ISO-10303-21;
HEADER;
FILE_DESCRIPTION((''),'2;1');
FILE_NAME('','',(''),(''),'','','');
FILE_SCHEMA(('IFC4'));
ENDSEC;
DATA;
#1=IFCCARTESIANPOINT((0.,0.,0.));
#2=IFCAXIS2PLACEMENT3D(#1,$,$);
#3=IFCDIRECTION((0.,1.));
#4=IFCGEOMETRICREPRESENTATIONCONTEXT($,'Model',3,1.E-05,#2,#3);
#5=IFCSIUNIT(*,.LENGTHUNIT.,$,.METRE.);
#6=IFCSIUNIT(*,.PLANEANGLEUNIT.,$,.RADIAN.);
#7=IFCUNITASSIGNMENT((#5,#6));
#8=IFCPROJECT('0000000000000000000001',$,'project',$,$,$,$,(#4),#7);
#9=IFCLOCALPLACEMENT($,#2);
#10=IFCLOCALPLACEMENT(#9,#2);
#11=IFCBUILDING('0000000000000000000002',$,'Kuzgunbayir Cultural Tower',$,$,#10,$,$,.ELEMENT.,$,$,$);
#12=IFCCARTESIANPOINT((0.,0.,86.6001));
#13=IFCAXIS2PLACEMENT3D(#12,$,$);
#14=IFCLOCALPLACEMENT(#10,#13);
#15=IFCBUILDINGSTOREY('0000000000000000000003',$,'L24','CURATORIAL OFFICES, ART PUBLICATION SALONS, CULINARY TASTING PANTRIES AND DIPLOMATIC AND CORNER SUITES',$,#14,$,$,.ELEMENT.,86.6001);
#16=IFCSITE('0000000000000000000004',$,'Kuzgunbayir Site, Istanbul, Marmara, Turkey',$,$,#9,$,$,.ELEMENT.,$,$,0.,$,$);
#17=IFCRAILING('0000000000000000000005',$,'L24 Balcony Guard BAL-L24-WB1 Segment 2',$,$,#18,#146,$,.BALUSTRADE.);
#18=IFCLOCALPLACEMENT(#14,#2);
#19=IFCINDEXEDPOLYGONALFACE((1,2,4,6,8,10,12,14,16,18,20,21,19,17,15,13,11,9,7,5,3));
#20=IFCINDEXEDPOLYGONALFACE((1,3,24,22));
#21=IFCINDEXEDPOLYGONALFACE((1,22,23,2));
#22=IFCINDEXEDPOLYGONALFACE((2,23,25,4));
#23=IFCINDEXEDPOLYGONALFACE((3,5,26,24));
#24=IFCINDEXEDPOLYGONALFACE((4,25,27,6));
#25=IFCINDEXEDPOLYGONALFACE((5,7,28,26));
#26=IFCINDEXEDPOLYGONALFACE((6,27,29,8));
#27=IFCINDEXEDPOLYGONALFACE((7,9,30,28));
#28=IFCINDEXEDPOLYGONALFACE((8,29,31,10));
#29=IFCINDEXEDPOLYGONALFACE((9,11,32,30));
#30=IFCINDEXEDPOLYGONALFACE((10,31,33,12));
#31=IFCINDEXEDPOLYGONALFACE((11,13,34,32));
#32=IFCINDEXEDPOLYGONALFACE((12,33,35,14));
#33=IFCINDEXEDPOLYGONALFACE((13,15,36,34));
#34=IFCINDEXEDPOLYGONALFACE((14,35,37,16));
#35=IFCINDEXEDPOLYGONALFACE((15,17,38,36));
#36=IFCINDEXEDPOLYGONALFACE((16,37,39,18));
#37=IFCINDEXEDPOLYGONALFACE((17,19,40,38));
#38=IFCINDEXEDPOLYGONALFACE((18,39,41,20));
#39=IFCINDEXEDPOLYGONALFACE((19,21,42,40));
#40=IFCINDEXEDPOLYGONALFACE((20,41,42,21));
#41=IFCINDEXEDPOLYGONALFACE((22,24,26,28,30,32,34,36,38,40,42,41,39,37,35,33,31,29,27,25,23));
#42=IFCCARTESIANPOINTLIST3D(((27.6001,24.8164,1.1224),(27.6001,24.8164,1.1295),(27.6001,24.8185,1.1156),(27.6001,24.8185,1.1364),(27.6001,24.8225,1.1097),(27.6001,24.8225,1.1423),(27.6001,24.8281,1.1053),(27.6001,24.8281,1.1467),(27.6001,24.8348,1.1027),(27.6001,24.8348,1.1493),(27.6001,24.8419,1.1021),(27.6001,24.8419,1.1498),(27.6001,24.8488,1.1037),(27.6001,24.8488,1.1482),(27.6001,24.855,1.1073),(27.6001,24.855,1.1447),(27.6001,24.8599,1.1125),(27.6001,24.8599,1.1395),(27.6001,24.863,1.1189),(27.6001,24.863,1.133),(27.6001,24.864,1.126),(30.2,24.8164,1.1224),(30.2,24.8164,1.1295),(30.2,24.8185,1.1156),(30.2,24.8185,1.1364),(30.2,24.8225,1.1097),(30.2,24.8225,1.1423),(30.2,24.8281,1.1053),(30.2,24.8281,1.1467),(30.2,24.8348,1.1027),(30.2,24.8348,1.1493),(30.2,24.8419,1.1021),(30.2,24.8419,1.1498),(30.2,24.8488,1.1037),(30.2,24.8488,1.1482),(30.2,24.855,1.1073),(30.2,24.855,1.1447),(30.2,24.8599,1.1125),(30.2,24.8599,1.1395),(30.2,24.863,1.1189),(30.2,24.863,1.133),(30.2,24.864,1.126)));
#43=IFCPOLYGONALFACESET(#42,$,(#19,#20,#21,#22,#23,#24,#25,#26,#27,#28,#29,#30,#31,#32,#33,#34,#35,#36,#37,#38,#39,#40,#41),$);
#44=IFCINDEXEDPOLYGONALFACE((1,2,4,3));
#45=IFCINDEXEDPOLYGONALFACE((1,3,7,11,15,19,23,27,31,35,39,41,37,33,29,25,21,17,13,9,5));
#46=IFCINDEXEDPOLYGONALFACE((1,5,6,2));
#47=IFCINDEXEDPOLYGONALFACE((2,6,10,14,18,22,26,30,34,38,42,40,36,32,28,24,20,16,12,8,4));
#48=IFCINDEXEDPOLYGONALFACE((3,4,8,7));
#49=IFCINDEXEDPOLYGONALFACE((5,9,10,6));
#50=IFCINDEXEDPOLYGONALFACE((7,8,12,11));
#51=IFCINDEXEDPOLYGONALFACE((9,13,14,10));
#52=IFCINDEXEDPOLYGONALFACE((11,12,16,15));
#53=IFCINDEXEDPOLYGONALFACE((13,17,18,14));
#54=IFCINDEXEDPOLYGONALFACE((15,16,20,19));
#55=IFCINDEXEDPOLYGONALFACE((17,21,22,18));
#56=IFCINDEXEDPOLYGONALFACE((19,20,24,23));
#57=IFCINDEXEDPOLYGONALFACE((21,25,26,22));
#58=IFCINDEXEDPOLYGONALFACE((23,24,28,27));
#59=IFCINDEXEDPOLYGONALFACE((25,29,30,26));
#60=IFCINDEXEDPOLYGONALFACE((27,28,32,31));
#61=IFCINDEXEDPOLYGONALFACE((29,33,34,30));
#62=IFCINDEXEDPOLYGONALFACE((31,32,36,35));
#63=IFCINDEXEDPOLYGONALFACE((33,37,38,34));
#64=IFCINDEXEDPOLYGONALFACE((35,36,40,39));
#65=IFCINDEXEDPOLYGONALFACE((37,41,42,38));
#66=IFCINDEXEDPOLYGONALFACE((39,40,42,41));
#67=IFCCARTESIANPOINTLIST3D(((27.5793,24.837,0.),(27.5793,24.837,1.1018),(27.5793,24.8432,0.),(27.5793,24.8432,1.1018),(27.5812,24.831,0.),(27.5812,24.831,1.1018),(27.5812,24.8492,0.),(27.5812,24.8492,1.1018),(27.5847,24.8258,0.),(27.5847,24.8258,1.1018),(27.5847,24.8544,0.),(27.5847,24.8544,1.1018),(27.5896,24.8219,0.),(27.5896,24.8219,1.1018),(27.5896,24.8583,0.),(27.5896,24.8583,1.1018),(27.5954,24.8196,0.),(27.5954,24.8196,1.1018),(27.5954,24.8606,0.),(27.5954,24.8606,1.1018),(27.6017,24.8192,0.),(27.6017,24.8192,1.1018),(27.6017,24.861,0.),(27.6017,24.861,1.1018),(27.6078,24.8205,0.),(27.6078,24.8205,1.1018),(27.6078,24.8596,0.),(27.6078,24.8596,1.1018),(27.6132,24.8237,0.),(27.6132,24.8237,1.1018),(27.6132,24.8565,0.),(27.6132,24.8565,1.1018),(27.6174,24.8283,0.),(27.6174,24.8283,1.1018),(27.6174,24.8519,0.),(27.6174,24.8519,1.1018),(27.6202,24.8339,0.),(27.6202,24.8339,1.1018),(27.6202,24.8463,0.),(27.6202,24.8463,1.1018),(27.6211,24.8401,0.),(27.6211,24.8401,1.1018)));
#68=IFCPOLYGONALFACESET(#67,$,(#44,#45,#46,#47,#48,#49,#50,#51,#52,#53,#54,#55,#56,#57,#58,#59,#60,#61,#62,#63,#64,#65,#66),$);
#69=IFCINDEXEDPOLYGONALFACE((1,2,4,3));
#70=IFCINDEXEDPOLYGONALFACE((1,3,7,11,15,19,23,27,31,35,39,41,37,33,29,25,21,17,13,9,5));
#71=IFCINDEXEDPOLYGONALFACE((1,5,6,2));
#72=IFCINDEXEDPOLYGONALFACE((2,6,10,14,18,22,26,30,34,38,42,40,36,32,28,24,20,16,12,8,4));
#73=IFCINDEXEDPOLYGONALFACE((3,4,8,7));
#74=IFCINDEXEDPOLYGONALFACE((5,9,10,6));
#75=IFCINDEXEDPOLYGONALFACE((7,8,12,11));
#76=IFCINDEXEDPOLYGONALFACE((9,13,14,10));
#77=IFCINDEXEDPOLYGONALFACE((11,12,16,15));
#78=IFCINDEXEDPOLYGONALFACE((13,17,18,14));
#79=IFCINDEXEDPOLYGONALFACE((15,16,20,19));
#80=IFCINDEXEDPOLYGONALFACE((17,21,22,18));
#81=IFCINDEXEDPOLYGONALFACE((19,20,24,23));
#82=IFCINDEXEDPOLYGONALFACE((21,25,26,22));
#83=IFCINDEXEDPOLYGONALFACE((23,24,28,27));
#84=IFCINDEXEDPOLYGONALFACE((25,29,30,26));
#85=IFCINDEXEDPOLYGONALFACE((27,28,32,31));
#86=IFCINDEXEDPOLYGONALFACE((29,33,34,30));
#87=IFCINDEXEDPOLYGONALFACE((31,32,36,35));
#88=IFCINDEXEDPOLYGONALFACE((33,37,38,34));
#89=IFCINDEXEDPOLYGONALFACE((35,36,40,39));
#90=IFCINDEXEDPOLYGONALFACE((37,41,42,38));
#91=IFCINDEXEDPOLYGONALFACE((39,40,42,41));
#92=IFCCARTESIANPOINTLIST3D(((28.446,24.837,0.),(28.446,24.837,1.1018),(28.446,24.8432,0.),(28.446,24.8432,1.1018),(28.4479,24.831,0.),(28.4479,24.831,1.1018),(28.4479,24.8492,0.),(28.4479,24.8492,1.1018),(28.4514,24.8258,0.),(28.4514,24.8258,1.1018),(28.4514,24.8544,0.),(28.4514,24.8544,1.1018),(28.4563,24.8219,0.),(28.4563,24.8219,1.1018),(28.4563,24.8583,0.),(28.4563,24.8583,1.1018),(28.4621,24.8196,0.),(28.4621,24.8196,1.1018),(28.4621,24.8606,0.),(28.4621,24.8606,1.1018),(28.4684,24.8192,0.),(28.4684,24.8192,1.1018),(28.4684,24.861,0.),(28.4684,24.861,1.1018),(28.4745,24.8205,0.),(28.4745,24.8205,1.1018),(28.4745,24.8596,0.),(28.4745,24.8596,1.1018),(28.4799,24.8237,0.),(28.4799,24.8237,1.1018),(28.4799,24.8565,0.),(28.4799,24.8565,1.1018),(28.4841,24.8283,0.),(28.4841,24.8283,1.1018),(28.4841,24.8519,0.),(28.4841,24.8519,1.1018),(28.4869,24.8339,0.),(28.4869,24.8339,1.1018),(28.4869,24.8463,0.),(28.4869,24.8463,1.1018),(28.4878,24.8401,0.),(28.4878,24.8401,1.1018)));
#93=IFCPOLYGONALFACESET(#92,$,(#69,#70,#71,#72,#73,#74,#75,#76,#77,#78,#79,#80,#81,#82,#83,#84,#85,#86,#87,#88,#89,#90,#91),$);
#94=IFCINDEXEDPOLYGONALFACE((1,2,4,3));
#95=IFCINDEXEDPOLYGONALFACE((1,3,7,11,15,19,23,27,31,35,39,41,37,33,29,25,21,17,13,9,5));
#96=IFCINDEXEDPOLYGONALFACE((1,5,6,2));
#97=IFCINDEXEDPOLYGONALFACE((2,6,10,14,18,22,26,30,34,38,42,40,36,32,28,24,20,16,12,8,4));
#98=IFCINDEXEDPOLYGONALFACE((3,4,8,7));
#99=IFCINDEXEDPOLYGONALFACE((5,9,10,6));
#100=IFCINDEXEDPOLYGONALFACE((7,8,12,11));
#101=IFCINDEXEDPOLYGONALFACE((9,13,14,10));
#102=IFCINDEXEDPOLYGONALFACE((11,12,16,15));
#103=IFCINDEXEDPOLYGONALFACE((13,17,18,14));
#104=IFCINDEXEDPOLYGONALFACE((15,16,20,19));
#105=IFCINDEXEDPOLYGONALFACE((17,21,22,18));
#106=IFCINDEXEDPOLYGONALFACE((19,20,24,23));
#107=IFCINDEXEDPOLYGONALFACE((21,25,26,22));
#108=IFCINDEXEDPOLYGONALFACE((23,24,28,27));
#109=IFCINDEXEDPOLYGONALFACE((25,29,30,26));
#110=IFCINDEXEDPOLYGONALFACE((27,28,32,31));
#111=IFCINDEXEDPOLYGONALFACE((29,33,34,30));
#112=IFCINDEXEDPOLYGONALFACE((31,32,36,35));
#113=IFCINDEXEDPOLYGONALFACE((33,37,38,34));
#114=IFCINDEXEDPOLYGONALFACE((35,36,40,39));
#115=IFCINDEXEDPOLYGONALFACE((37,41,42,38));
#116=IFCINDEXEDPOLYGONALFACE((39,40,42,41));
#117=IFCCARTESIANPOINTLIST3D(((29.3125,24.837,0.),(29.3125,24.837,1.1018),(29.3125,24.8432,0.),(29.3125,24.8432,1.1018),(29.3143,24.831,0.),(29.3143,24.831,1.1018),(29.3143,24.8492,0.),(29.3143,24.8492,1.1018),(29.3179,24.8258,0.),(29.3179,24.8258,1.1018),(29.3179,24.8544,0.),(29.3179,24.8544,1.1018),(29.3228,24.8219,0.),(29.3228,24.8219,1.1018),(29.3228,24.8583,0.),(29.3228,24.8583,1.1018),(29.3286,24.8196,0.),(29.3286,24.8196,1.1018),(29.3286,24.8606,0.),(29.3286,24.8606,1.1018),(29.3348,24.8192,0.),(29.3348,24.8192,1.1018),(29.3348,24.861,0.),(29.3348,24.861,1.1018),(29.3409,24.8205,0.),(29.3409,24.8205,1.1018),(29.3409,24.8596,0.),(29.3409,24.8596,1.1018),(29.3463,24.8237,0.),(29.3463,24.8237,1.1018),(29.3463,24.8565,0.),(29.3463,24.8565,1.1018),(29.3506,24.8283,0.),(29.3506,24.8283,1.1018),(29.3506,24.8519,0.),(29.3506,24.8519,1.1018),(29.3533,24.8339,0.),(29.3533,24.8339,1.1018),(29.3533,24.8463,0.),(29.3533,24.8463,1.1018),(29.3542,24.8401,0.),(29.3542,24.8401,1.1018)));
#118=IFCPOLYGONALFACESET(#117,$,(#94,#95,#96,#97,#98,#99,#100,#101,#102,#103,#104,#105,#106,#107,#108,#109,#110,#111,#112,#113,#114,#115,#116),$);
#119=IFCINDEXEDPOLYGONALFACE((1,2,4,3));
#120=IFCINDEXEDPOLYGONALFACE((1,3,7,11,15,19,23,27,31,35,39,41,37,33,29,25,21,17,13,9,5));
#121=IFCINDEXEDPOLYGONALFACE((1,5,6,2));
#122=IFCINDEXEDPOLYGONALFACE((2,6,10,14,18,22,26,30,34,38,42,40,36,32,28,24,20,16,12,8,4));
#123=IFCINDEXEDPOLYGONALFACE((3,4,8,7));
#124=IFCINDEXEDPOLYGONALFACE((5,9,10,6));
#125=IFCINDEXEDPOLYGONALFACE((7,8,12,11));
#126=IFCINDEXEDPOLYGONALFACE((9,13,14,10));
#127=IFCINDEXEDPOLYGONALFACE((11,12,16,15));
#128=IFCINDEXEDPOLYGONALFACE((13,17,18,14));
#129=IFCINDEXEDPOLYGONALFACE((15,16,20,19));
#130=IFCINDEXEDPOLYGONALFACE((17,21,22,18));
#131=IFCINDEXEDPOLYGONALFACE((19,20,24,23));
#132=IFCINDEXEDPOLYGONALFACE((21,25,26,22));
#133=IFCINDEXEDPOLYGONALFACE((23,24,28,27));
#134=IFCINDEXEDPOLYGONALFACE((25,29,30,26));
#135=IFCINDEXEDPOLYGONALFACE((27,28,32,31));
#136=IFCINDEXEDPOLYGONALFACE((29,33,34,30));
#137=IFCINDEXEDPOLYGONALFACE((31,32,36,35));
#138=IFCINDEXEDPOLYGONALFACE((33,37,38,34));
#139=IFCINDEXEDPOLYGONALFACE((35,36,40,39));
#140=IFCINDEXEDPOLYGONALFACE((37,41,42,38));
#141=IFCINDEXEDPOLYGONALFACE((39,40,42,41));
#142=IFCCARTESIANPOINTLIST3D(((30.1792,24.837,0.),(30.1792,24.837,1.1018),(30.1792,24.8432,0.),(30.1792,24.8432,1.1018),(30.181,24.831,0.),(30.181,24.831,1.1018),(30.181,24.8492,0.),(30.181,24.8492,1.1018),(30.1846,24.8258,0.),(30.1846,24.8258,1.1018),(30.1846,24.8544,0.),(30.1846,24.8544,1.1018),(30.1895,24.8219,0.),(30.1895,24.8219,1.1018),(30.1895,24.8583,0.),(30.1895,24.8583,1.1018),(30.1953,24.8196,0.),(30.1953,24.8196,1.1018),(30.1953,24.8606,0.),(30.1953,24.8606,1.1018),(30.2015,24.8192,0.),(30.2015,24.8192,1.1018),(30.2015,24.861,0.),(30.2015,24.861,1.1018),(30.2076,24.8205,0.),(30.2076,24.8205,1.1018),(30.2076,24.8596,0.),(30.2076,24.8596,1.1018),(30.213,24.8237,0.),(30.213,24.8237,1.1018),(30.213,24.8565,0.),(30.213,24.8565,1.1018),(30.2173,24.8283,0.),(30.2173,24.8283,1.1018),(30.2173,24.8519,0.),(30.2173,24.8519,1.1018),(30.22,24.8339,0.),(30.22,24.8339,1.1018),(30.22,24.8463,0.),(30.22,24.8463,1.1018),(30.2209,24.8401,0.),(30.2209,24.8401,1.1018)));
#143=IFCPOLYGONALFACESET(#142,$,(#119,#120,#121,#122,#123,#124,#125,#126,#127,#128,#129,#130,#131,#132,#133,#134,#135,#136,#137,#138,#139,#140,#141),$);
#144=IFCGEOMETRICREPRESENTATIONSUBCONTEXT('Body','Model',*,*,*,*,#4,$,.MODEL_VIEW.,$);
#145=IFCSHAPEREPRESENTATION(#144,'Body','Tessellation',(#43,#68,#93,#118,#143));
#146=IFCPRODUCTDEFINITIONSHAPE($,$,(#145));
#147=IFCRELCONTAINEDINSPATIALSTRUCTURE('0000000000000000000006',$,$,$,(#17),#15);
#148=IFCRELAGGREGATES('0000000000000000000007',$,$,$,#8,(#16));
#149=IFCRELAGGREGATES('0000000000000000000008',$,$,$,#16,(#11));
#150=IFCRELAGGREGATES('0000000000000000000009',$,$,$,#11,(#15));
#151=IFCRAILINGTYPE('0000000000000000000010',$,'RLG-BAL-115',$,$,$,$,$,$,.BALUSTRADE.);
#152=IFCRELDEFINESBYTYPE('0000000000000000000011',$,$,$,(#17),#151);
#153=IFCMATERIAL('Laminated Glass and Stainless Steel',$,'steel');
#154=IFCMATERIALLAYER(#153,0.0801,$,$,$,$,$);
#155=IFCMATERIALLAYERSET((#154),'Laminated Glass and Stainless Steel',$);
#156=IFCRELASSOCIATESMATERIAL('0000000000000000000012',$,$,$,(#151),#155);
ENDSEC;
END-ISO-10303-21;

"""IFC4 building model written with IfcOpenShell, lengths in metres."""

from ifc_helpers import new_model, si_unit, direction, frame, origin, origin_2d, place, context, subcontext, project, spatial, circle, extrude, material, layer, layer_set, type_object, element, save


model = new_model("IFC4")

# Units and contexts
model_context = context("Model", 3, precision=1e-05, world=origin(), true_north=direction((0.0, 1.0)))
body_context = subcontext(model_context, "Body", "Model", "MODEL_VIEW")
ifc_project = project(units=[si_unit("LENGTHUNIT", "METRE"), si_unit("PLANEANGLEUNIT", "RADIAN")], contexts=[model_context])

# Site, building, storey
site_placement = place(None, origin())
site = spatial("IfcSite", under=ifc_project, at=site_placement, Name="Kuzgunbayir Site, Istanbul, Marmara, Turkey", CompositionType="ELEMENT", RefElevation=0.0)
building_placement = place(site_placement, origin())
building = spatial("IfcBuilding", under=site, at=building_placement, Name="Kuzgunbayir Cultural Tower", CompositionType="ELEMENT")
storey_placement = place(building_placement, frame((0.0, 0.0, 86.6001)))
storey = spatial("IfcBuildingStorey", under=building, at=storey_placement, Name="L24", Description="CURATORIAL OFFICES, ART PUBLICATION SALONS, CULINARY TASTING PANTRIES AND DIPLOMATIC AND CORNER SUITES", CompositionType="ELEMENT", Elevation=86.6001)

# Railing
ifc_material_1 = material(Name="Laminated Glass and Stainless Steel", Category="steel")
ifc_layer_1 = layer(ifc_material_1, 0.0801)
ifc_layer_set_1 = layer_set([ifc_layer_1], Name="Laminated Glass and Stainless Steel")
railing_type = type_object("IfcRailingType", Name="RLG-BAL-115", PredefinedType="BALUSTRADE", material=ifc_layer_set_1)
railing_1_placement = place(storey_placement, frame((27.6001, 24.8401, 0.0)))
element("IfcRailing", 1, at=railing_1_placement, inside=storey, type_object=railing_type, Name="L24 Balcony Guard BAL-L24-WB1 Segment 2", PredefinedType="BALUSTRADE", context=body_context, shape_type="SweptSolid", body=[
    extrude(circle(Radius=0.0239, at=origin_2d()), frame((0.0, 0.0, 1.126), z_axis=(1.0, 0.0, 0.0), x_axis=(0.0, 1.0, 0.0)), (0.0, 0.0, 1.0), 2.5999),
    extrude(circle(Radius=0.021, at=origin_2d()), origin(), (0.0, 0.0, 1.0), 1.1018),
    extrude(circle(Radius=0.021, at=origin_2d()), frame((0.8667, 0.0, 0.0)), (0.0, 0.0, 1.0), 1.1018),
    extrude(circle(Radius=0.021, at=origin_2d()), frame((1.7332, 0.0, 0.0)), (0.0, 0.0, 1.0), 1.1018),
    extrude(circle(Radius=0.021, at=origin_2d()), frame((2.5999, 0.0, 0.0)), (0.0, 0.0, 1.0), 1.1018),
])

save(model, "model.ifc")
